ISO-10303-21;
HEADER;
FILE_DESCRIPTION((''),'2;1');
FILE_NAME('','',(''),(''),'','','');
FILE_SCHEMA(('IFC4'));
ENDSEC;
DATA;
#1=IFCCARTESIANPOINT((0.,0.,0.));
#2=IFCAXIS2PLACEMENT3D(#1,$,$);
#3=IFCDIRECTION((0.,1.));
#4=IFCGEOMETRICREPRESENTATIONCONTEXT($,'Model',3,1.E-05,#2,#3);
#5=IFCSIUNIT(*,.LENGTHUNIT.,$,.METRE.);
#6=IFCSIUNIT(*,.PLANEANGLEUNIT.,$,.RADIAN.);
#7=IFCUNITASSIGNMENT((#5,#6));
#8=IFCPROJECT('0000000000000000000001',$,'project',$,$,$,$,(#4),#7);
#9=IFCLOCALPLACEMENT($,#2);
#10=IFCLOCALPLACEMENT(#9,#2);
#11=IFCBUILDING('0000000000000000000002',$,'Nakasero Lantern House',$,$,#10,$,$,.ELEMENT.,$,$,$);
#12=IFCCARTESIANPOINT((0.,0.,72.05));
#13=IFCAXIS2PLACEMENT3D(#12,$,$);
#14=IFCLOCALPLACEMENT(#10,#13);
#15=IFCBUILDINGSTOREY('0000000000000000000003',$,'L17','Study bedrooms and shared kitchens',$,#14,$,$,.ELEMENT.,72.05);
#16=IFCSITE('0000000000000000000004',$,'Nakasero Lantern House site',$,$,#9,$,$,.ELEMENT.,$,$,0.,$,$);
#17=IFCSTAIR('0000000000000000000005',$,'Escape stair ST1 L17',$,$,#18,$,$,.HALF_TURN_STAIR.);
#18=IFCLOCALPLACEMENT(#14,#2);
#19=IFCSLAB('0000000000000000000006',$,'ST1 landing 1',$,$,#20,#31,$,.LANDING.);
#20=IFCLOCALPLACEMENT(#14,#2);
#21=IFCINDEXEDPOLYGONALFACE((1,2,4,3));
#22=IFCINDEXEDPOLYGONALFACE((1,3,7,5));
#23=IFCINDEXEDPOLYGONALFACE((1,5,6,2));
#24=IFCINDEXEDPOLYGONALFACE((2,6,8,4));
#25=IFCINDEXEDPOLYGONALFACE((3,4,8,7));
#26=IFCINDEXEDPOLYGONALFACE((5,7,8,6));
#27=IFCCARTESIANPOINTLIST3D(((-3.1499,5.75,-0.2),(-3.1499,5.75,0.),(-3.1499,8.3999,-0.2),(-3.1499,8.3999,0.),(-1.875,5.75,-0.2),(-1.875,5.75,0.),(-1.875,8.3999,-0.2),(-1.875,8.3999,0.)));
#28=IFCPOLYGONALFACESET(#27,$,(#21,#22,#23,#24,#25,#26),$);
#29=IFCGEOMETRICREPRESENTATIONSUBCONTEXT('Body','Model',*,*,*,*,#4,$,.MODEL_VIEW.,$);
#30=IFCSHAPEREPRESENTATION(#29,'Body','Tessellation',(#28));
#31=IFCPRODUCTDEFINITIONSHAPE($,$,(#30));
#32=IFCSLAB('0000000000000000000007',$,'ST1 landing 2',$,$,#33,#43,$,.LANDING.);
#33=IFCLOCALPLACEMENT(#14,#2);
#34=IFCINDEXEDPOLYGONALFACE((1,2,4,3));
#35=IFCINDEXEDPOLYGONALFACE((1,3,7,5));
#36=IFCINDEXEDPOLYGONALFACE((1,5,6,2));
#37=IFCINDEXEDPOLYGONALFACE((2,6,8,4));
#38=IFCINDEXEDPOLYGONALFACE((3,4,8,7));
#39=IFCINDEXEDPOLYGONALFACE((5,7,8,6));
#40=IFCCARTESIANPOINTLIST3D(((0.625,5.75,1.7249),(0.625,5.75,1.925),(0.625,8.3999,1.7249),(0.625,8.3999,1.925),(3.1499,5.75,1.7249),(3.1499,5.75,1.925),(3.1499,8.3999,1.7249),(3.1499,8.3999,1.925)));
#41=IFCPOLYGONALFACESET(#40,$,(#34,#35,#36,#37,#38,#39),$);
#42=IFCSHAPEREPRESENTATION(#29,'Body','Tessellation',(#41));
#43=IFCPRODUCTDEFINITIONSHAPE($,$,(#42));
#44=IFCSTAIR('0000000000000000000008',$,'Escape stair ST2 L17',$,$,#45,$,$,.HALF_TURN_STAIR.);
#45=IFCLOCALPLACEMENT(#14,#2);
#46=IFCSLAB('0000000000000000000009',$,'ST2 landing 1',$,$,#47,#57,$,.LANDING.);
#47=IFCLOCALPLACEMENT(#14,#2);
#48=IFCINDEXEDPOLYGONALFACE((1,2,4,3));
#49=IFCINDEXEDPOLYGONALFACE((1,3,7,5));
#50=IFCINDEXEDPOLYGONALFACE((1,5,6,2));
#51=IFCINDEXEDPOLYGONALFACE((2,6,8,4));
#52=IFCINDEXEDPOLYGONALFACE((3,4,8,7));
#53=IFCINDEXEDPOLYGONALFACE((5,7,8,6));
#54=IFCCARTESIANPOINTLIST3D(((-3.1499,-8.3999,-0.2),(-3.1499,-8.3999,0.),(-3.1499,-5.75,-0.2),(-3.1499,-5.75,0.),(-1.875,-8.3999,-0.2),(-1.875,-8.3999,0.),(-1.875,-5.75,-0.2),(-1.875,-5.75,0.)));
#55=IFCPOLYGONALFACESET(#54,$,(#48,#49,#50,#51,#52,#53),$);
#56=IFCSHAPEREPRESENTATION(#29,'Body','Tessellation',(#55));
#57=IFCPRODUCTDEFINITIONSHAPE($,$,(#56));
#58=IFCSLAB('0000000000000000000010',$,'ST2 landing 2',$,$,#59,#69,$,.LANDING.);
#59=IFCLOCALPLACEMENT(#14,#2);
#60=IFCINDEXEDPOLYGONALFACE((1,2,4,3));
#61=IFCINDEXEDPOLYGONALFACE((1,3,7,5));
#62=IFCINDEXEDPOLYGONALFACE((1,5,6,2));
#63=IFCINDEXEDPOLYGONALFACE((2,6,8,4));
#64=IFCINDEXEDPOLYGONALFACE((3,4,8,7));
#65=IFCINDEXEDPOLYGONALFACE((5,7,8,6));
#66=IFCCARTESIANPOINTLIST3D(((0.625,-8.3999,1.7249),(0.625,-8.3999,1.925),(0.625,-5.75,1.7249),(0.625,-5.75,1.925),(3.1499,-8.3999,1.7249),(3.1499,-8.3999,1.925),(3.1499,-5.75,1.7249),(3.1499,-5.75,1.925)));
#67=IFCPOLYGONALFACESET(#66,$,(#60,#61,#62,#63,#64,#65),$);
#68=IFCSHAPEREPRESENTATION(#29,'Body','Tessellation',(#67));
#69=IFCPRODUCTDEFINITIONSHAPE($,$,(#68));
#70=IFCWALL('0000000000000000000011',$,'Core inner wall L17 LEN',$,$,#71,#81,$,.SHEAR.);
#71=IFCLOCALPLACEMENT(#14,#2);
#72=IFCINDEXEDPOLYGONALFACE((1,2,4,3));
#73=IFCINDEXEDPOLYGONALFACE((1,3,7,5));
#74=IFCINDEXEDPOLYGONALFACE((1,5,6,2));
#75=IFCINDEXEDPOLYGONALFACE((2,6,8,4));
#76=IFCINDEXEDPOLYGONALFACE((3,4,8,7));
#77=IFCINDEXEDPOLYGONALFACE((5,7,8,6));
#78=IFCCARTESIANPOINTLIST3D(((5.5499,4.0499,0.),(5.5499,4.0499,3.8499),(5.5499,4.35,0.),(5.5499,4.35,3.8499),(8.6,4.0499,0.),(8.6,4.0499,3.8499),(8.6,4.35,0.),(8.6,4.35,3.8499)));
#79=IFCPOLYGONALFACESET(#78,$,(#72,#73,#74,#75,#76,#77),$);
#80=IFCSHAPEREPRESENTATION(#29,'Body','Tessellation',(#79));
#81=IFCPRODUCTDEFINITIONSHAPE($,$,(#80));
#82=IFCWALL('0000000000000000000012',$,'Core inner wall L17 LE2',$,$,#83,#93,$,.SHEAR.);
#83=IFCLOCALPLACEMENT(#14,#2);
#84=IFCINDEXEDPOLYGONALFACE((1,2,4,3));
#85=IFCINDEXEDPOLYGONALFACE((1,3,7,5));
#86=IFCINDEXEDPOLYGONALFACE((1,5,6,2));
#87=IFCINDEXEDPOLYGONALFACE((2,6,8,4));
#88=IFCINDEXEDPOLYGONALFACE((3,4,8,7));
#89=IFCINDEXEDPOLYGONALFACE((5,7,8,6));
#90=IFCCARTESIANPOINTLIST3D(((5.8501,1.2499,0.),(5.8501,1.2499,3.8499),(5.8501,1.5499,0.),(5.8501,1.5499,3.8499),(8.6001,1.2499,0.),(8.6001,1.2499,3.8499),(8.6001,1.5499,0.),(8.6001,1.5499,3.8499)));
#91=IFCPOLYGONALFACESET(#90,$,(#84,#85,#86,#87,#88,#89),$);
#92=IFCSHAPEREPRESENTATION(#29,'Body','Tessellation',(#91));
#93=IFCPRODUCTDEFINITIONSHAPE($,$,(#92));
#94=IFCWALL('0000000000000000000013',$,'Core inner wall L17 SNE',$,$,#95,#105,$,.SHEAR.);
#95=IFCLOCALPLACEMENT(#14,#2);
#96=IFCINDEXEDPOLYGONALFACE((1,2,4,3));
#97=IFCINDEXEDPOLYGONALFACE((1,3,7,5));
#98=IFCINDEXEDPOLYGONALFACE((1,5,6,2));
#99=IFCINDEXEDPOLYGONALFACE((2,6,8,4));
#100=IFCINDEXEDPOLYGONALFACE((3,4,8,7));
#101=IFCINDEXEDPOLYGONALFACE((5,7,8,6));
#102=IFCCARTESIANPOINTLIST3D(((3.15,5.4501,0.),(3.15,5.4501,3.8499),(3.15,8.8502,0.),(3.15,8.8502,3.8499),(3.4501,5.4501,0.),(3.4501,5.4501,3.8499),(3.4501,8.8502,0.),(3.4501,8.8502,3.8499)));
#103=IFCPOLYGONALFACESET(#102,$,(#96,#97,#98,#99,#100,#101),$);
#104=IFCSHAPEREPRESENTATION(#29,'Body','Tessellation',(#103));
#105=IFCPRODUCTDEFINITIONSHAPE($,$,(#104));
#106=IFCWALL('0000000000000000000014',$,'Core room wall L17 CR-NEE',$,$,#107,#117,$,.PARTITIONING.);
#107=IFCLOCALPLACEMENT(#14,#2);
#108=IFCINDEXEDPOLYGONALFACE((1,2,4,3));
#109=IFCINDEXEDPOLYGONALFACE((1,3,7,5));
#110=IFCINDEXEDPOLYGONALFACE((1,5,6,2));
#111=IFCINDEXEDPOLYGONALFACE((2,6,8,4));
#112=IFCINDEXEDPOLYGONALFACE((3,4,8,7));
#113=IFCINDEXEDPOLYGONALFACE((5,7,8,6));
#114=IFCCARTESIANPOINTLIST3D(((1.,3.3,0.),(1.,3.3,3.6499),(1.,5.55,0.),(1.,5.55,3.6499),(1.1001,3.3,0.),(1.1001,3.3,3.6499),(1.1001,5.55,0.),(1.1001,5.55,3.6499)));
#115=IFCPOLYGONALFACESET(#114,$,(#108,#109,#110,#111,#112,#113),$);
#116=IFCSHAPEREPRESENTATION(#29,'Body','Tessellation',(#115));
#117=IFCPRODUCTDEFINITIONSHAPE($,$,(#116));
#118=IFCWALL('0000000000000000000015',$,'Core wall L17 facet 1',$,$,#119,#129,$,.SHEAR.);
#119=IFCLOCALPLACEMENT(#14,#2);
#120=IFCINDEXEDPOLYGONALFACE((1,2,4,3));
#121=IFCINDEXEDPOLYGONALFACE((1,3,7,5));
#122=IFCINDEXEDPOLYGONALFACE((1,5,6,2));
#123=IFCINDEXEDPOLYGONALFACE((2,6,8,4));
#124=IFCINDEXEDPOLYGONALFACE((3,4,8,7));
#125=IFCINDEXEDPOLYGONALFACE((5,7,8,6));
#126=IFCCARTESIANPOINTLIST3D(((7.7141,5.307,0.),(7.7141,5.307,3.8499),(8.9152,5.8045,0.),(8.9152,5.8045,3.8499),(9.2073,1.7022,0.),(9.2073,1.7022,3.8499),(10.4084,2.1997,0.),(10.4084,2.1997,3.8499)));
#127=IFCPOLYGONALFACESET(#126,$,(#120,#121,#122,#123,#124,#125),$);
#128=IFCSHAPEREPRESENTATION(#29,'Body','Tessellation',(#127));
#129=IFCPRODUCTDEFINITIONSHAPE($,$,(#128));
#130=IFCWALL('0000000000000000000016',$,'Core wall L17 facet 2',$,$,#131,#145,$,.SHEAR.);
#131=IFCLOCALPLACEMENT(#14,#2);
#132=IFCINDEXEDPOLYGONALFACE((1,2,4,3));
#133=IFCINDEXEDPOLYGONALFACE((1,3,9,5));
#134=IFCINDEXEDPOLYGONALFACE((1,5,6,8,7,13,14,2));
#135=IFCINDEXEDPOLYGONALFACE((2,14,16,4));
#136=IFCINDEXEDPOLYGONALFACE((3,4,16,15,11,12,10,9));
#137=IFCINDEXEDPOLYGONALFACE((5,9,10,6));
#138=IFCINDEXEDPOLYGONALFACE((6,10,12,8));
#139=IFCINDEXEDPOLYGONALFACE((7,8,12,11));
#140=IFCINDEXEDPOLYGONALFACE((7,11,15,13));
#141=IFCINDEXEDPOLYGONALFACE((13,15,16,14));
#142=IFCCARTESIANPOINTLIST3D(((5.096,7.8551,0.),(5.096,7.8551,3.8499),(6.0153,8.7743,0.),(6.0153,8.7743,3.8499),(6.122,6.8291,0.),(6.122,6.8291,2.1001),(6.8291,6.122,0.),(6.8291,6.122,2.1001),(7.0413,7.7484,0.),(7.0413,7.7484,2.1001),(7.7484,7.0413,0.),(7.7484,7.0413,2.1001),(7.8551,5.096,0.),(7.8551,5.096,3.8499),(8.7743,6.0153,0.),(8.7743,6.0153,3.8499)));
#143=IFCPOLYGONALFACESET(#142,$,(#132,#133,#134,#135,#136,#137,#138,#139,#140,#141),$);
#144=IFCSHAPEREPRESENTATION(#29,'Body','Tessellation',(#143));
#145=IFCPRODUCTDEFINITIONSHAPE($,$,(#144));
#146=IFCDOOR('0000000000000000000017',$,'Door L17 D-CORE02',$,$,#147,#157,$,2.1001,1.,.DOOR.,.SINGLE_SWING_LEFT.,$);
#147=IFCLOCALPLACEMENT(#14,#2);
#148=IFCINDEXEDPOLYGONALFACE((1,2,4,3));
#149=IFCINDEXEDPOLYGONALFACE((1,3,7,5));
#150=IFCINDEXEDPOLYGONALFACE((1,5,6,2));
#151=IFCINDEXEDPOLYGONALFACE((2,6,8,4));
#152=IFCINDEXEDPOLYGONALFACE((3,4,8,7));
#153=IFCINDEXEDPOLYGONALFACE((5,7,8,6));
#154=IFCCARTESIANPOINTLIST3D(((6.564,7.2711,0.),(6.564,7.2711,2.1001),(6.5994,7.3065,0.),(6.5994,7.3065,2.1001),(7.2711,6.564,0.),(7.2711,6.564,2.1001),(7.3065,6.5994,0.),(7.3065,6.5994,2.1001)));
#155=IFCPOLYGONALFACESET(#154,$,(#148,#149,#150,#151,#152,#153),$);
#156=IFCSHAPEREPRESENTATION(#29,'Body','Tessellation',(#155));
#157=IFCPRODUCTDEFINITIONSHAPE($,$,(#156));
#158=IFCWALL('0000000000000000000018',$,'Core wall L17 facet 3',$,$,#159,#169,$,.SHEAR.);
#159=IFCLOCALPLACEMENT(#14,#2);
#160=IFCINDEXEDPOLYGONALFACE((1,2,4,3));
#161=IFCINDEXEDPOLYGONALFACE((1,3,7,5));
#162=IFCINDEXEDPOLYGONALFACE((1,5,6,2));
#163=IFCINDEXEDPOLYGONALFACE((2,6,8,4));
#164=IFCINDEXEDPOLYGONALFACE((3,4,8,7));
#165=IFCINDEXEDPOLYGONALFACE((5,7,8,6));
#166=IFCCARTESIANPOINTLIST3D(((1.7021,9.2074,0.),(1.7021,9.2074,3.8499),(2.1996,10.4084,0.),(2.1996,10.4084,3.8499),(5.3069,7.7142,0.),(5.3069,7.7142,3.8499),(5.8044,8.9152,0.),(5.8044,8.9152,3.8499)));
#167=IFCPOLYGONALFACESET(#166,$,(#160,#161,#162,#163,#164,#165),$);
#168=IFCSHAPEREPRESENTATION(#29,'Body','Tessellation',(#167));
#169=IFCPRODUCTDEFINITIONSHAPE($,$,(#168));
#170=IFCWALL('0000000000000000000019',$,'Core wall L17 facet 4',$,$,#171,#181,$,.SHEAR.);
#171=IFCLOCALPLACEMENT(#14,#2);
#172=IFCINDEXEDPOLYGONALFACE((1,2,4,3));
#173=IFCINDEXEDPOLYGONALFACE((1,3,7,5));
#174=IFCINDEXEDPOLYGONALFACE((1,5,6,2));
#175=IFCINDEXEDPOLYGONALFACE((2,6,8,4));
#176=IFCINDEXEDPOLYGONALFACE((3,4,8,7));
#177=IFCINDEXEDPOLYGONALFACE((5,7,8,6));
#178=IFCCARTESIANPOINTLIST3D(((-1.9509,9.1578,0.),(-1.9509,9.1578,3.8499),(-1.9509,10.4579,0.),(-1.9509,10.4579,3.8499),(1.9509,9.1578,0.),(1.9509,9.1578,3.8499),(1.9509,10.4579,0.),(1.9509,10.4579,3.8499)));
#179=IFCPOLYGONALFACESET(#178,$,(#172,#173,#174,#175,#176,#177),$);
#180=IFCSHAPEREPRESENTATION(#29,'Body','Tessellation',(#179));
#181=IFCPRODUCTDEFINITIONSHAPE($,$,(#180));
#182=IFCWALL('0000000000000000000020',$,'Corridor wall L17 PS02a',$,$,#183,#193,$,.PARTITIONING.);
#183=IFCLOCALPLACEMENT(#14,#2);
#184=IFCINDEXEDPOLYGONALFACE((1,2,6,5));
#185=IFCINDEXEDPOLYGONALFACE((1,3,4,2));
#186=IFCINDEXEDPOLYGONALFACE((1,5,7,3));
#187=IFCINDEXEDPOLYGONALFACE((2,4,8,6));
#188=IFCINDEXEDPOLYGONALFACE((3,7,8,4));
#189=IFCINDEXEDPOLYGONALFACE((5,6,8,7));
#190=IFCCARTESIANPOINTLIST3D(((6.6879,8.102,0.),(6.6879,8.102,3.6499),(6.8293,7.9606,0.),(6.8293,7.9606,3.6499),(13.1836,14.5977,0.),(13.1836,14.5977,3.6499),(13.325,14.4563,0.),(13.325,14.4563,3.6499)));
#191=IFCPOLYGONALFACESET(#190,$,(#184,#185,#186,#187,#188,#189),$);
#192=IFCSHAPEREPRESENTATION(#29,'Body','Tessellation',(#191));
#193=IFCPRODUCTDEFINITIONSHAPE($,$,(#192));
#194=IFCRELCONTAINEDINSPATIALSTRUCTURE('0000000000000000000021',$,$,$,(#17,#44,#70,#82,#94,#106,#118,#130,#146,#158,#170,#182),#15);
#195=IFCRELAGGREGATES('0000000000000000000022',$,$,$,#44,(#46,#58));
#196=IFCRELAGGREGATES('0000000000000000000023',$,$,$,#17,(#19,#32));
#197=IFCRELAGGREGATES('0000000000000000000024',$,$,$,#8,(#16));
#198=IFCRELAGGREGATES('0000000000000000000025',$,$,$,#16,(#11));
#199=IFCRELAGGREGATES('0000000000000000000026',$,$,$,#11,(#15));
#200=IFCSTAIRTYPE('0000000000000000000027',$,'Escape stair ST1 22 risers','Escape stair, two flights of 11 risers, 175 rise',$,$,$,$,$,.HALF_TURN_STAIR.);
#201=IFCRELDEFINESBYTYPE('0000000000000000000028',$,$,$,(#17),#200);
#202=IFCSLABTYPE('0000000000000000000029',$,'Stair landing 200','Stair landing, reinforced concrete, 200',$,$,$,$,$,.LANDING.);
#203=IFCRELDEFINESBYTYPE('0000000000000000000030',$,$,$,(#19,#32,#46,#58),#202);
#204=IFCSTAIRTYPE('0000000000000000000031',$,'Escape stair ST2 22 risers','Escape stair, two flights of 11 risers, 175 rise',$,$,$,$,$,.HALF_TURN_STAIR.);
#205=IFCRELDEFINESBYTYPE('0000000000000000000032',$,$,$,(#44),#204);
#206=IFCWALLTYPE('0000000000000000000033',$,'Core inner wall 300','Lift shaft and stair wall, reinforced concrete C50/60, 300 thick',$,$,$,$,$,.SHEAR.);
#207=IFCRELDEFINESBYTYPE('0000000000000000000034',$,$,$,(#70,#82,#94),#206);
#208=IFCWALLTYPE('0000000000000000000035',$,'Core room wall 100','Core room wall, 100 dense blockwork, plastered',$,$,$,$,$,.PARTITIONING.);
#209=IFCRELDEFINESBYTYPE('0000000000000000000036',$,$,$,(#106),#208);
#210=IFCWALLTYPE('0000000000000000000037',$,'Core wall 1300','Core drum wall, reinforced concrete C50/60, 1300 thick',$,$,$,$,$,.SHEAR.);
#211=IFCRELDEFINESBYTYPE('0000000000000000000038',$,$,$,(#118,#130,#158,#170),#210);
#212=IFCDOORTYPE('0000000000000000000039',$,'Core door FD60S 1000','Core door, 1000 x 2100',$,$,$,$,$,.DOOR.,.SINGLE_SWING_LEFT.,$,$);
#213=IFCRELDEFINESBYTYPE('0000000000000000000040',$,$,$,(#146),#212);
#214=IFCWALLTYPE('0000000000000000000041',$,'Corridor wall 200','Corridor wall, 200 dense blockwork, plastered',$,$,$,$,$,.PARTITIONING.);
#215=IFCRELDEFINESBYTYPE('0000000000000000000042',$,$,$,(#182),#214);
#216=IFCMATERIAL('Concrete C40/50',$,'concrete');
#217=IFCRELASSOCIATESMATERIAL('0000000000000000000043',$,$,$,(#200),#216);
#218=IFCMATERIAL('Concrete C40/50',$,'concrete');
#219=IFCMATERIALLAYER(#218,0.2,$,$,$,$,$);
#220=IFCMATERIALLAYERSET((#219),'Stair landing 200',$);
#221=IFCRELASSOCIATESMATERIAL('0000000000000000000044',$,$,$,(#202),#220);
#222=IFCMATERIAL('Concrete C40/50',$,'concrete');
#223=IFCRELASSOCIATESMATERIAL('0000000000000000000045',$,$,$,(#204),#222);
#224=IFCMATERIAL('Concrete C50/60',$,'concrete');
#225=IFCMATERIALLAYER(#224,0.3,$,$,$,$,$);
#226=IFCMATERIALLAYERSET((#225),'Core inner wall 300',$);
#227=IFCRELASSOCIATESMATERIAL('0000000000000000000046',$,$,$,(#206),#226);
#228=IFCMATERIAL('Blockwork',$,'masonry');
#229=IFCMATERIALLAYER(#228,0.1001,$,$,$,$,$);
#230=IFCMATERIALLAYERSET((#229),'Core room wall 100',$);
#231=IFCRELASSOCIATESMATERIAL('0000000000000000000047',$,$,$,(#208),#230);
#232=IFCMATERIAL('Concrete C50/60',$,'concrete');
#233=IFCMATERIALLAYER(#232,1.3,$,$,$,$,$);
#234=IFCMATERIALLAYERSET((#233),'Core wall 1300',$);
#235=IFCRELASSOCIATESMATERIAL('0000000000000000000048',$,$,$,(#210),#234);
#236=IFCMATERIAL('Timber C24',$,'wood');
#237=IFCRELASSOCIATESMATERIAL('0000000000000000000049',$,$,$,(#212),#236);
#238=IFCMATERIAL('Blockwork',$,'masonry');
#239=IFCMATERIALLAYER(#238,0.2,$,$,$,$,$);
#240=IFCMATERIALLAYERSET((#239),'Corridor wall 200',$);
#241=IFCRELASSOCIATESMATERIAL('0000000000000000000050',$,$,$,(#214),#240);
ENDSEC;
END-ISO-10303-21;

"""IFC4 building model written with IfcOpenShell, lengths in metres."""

from ifc_helpers import new_model, si_unit, direction, frame, frame_2d, origin, place, context, subcontext, project, spatial, polyline, rectangle, outline, extrude, material, layer, layer_set, type_object, element, fill, aggregate, save


model = new_model("IFC4")

# Units and contexts
model_context = context("Model", 3, precision=1e-05, world=origin(), true_north=direction((0.0, 1.0)))
body_context = subcontext(model_context, "Body", "Model", "MODEL_VIEW")
ifc_project = project(units=[si_unit("LENGTHUNIT", "METRE"), si_unit("PLANEANGLEUNIT", "RADIAN")], contexts=[model_context])

# Site, building, storey
site_placement = place(None, origin())
site = spatial("IfcSite", under=ifc_project, at=site_placement, Name="Nakasero Lantern House site", CompositionType="ELEMENT", RefElevation=0.0)
building_placement = place(site_placement, origin())
building = spatial("IfcBuilding", under=site, at=building_placement, Name="Nakasero Lantern House", CompositionType="ELEMENT")
storey_placement = place(building_placement, frame((0.0, 0.0, 72.05)))
storey = spatial("IfcBuildingStorey", under=building, at=storey_placement, Name="L17", Description="Study bedrooms and shared kitchens", CompositionType="ELEMENT", Elevation=72.05)

# Stairs, slabs
ifc_material_1 = material(Name="Concrete C40/50", Category="concrete")
stair_type_1 = type_object("IfcStairType", Name="Escape stair ST1 22 risers", Description="Escape stair, two flights of 11 risers, 175 rise", PredefinedType="HALF_TURN_STAIR", material=ifc_material_1)
stair_1_placement = place(storey_placement, origin())
stair_1 = element("IfcStair", 1, at=stair_1_placement, inside=storey, type_object=stair_type_1, Name="Escape stair ST1 L17", PredefinedType="HALF_TURN_STAIR")
ifc_material_2 = material(Name="Concrete C40/50", Category="concrete")
ifc_layer_1 = layer(ifc_material_2, 0.2)
ifc_layer_set_1 = layer_set([ifc_layer_1], Name="Stair landing 200")
slab_type = type_object("IfcSlabType", Name="Stair landing 200", Description="Stair landing, reinforced concrete, 200", PredefinedType="LANDING", material=ifc_layer_set_1)
slab_1_placement = place(storey_placement, frame((0.0, 0.0, -0.2)))
slab_1 = element("IfcSlab", 2, at=slab_1_placement, type_object=slab_type, Name="ST1 landing 1", PredefinedType="LANDING", context=body_context, shape_type="SweptSolid", body=[
    extrude(outline(polyline([(-3.1499, 5.75), (-1.875, 5.75), (-1.875, 8.3999), (-3.1499, 8.3999), (-3.1499, 5.75)])), origin(), (0.0, 0.0, 1.0), 0.2),
])
slab_2_placement = place(storey_placement, frame((0.0, 0.0, 1.7249)))
slab_2 = element("IfcSlab", 3, at=slab_2_placement, type_object=slab_type, Name="ST1 landing 2", PredefinedType="LANDING", context=body_context, shape_type="SweptSolid", body=[
    extrude(outline(polyline([(0.625, 5.75), (3.1499, 5.75), (3.1499, 8.3999), (0.625, 8.3999), (0.625, 5.75)])), origin(), (0.0, 0.0, 1.0), 0.2002),
])
ifc_material_3 = material(Name="Concrete C40/50", Category="concrete")
stair_type_2 = type_object("IfcStairType", Name="Escape stair ST2 22 risers", Description="Escape stair, two flights of 11 risers, 175 rise", PredefinedType="HALF_TURN_STAIR", material=ifc_material_3)
stair_2_placement = place(storey_placement, origin())
stair_2 = element("IfcStair", 4, at=stair_2_placement, inside=storey, type_object=stair_type_2, Name="Escape stair ST2 L17", PredefinedType="HALF_TURN_STAIR")
slab_3_placement = place(storey_placement, frame((0.0, 0.0, -0.2)))
slab_3 = element("IfcSlab", 5, at=slab_3_placement, type_object=slab_type, Name="ST2 landing 1", PredefinedType="LANDING", context=body_context, shape_type="SweptSolid", body=[
    extrude(outline(polyline([(-3.1499, -8.3999), (-1.875, -8.3999), (-1.875, -5.75), (-3.1499, -5.75), (-3.1499, -8.3999)])), origin(), (0.0, 0.0, 1.0), 0.2),
])
slab_4_placement = place(storey_placement, frame((0.0, 0.0, 1.7249)))
slab_4 = element("IfcSlab", 6, at=slab_4_placement, type_object=slab_type, Name="ST2 landing 2", PredefinedType="LANDING", context=body_context, shape_type="SweptSolid", body=[
    extrude(outline(polyline([(0.625, -8.3999), (3.1499, -8.3999), (3.1499, -5.75), (0.625, -5.75), (0.625, -8.3999)])), origin(), (0.0, 0.0, 1.0), 0.2002),
])
aggregate(stair_2, [slab_3, slab_4])

# Walls
ifc_material_4 = material(Name="Concrete C50/60", Category="concrete")
ifc_layer_2 = layer(ifc_material_4, 0.3)
ifc_layer_set_2 = layer_set([ifc_layer_2], Name="Core inner wall 300")
wall_type_1 = type_object("IfcWallType", Name="Core inner wall 300", Description="Lift shaft and stair wall, reinforced concrete C50/60, 300 thick", PredefinedType="SHEAR", material=ifc_layer_set_2)
wall_1_placement = place(storey_placement, frame((5.55, 4.2, 0.0), z_axis=(0.0, 0.0, 1.0), x_axis=(1.0, 0.0, 0.0)))
element("IfcWall", 7, at=wall_1_placement, inside=storey, type_object=wall_type_1, Name="Core inner wall L17 LEN", PredefinedType="SHEAR", context=body_context, shape_type="SweptSolid", body=[
    extrude(rectangle(XDim=3.05, YDim=0.3, at=frame_2d((1.5249, 0.0))), origin(), (0.0, 0.0, 1.0), 3.8499),
])
wall_2_placement = place(storey_placement, frame((5.8501, 1.3999, 0.0), z_axis=(0.0, 0.0, 1.0), x_axis=(1.0, 0.0, 0.0)))
element("IfcWall", 8, at=wall_2_placement, inside=storey, type_object=wall_type_1, Name="Core inner wall L17 LE2", PredefinedType="SHEAR", context=body_context, shape_type="SweptSolid", body=[
    extrude(rectangle(XDim=2.75, YDim=0.3, at=frame_2d((1.375, 0.0))), origin(), (0.0, 0.0, 1.0), 3.8499),
])
wall_3_placement = place(storey_placement, frame((3.3, 5.45, 0.0), z_axis=(0.0, 0.0, 1.0), x_axis=(0.0, 1.0, 0.0)))
element("IfcWall", 9, at=wall_3_placement, inside=storey, type_object=wall_type_1, Name="Core inner wall L17 SNE", PredefinedType="SHEAR", context=body_context, shape_type="SweptSolid", body=[
    extrude(rectangle(XDim=3.4001, YDim=0.3, at=frame_2d((1.7002, 0.0))), origin(), (0.0, 0.0, 1.0), 3.8499),
])
ifc_material_5 = material(Name="Blockwork", Category="masonry")
ifc_layer_3 = layer(ifc_material_5, 0.1001)
ifc_layer_set_3 = layer_set([ifc_layer_3], Name="Core room wall 100")
wall_type_2 = type_object("IfcWallType", Name="Core room wall 100", Description="Core room wall, 100 dense blockwork, plastered", PredefinedType="PARTITIONING", material=ifc_layer_set_3)
wall_4_placement = place(storey_placement, frame((1.05, 3.3, 0.0), z_axis=(0.0, 0.0, 1.0), x_axis=(0.0, 1.0, 0.0)))
element("IfcWall", 10, at=wall_4_placement, inside=storey, type_object=wall_type_2, Name="Core room wall L17 CR-NEE", PredefinedType="PARTITIONING", context=body_context, shape_type="SweptSolid", body=[
    extrude(rectangle(XDim=2.25, YDim=0.1001, at=frame_2d((1.125, 0.0))), origin(), (0.0, 0.0, 1.0), 3.6499),
])
ifc_material_6 = material(Name="Concrete C50/60", Category="concrete")
ifc_layer_4 = layer(ifc_material_6, 1.3)
ifc_layer_set_4 = layer_set([ifc_layer_4], Name="Core wall 1300")
wall_type_3 = type_object("IfcWallType", Name="Core wall 1300", Description="Core drum wall, reinforced concrete C50/60, 1300 thick", PredefinedType="SHEAR", material=ifc_layer_set_4)
wall_5_placement = place(storey_placement, frame((9.8079, 1.9509, 0.0), z_axis=(0.0, 0.0, 1.0), x_axis=(-0.382691, 0.923877, 0.0)))
element("IfcWall", 11, at=wall_5_placement, inside=storey, type_object=wall_type_3, Name="Core wall L17 facet 1", PredefinedType="SHEAR", context=body_context, shape_type="SweptSolid", body=[
    extrude(rectangle(XDim=3.9019, YDim=1.3, at=frame_2d((1.9509, 0.0))), origin(), (0.0, 0.0, 1.0), 3.8499),
])

# Wall, opening, door
wall_6_placement = place(storey_placement, frame((8.3147, 5.5557, 0.0), z_axis=(0.0, 0.0, 1.0), x_axis=(-0.707107, 0.707107, 0.0)))
wall_6 = element("IfcWall", 12, at=wall_6_placement, inside=storey, type_object=wall_type_3, Name="Core wall L17 facet 2", PredefinedType="SHEAR", context=body_context, shape_type="SweptSolid", body=[
    extrude(rectangle(XDim=3.9019, YDim=1.3, at=frame_2d((1.9509, 0.0))), origin(), (0.0, 0.0, 1.0), 3.8499),
])
opening_1_placement = place(wall_6_placement, frame((1.4509, 0.0, 0.0)))
opening_1 = element("IfcOpeningElement", 13, at=opening_1_placement, cuts=wall_6, PredefinedType="OPENING", context=body_context, shape_type="SweptSolid", body=[
    extrude(rectangle(XDim=1.0, YDim=2.1001, at=frame_2d((0.5, 1.05))), frame((0.0, 0.6699, 0.0), z_axis=(0.0, -1.0, 0.0), x_axis=(1.0, 0.0, 0.0)), (0.0, 0.0, 1.0), 1.3401),
])
ifc_material_7 = material(Name="Timber C24", Category="wood")
door_type_1 = type_object("IfcDoorType", Name="Core door FD60S 1000", Description="Core door, 1000 x 2100", OperationType="SINGLE_SWING_LEFT", PredefinedType="DOOR", material=ifc_material_7)
door_1_placement = place(opening_1_placement, origin())
door_1 = element("IfcDoor", 14, at=door_1_placement, inside=storey, type_object=door_type_1, Name="Door L17 D-CORE02", OperationType="SINGLE_SWING_LEFT", OverallHeight=2.1001, OverallWidth=1.0, PredefinedType="DOOR", context=body_context, shape_type="SweptSolid", body=[
    extrude(rectangle(XDim=1.0, YDim=2.1001, at=frame_2d((0.5, 1.05))), frame((0.0, 0.0249, 0.0), z_axis=(0.0, -1.0, 0.0), x_axis=(1.0, 0.0, 0.0)), (0.0, 0.0, 1.0), 0.05),
])
fill(opening_1, door_1)

# Walls
for number, where, z_axis, x_axis, name in (
    (15, (5.5557, 8.3147, 0.0), (0.0, 0.0, 1.0), (-0.923877, 0.382691, 0.0), "Core wall L17 facet 3"),
    (16, (1.9509, 9.8079, 0.0), (0.0, 0.0, 1.0), (-1.0, 0.0, 0.0), "Core wall L17 facet 4"),
):
    element("IfcWall", number, at=place(storey_placement, frame(where, z_axis=z_axis, x_axis=x_axis)), inside=storey, type_object=wall_type_3, Name=name, PredefinedType="SHEAR", context=body_context, shape_type="SweptSolid", body=[
        extrude(rectangle(XDim=3.9019, YDim=1.3, at=frame_2d((1.9509, 0.0))), origin(), (0.0, 0.0, 1.0), 3.8499),
    ])
ifc_material_8 = material(Name="Blockwork", Category="masonry")
ifc_layer_5 = layer(ifc_material_8, 0.2)
ifc_layer_set_5 = layer_set([ifc_layer_5], Name="Corridor wall 200")
wall_type_4 = type_object("IfcWallType", Name="Corridor wall 200", Description="Corridor wall, 200 dense blockwork, plastered", PredefinedType="PARTITIONING", material=ifc_layer_set_5)
wall_7_placement = place(storey_placement, frame((6.7585, 8.0312, 0.0), z_axis=(0.0, 0.0, 1.0), x_axis=(0.707107, 0.707107, 0.0)))
element("IfcWall", 17, at=wall_7_placement, inside=storey, type_object=wall_type_4, Name="Corridor wall L17 PS02a", PredefinedType="PARTITIONING", context=body_context, shape_type="SweptSolid", body=[
    extrude(rectangle(XDim=9.1863, YDim=0.2, at=frame_2d((4.5933, 0.0))), origin(), (0.0, 0.0, 1.0), 3.6499),
])

aggregate(stair_1, [slab_1, slab_2])

save(model, "model.ifc")
